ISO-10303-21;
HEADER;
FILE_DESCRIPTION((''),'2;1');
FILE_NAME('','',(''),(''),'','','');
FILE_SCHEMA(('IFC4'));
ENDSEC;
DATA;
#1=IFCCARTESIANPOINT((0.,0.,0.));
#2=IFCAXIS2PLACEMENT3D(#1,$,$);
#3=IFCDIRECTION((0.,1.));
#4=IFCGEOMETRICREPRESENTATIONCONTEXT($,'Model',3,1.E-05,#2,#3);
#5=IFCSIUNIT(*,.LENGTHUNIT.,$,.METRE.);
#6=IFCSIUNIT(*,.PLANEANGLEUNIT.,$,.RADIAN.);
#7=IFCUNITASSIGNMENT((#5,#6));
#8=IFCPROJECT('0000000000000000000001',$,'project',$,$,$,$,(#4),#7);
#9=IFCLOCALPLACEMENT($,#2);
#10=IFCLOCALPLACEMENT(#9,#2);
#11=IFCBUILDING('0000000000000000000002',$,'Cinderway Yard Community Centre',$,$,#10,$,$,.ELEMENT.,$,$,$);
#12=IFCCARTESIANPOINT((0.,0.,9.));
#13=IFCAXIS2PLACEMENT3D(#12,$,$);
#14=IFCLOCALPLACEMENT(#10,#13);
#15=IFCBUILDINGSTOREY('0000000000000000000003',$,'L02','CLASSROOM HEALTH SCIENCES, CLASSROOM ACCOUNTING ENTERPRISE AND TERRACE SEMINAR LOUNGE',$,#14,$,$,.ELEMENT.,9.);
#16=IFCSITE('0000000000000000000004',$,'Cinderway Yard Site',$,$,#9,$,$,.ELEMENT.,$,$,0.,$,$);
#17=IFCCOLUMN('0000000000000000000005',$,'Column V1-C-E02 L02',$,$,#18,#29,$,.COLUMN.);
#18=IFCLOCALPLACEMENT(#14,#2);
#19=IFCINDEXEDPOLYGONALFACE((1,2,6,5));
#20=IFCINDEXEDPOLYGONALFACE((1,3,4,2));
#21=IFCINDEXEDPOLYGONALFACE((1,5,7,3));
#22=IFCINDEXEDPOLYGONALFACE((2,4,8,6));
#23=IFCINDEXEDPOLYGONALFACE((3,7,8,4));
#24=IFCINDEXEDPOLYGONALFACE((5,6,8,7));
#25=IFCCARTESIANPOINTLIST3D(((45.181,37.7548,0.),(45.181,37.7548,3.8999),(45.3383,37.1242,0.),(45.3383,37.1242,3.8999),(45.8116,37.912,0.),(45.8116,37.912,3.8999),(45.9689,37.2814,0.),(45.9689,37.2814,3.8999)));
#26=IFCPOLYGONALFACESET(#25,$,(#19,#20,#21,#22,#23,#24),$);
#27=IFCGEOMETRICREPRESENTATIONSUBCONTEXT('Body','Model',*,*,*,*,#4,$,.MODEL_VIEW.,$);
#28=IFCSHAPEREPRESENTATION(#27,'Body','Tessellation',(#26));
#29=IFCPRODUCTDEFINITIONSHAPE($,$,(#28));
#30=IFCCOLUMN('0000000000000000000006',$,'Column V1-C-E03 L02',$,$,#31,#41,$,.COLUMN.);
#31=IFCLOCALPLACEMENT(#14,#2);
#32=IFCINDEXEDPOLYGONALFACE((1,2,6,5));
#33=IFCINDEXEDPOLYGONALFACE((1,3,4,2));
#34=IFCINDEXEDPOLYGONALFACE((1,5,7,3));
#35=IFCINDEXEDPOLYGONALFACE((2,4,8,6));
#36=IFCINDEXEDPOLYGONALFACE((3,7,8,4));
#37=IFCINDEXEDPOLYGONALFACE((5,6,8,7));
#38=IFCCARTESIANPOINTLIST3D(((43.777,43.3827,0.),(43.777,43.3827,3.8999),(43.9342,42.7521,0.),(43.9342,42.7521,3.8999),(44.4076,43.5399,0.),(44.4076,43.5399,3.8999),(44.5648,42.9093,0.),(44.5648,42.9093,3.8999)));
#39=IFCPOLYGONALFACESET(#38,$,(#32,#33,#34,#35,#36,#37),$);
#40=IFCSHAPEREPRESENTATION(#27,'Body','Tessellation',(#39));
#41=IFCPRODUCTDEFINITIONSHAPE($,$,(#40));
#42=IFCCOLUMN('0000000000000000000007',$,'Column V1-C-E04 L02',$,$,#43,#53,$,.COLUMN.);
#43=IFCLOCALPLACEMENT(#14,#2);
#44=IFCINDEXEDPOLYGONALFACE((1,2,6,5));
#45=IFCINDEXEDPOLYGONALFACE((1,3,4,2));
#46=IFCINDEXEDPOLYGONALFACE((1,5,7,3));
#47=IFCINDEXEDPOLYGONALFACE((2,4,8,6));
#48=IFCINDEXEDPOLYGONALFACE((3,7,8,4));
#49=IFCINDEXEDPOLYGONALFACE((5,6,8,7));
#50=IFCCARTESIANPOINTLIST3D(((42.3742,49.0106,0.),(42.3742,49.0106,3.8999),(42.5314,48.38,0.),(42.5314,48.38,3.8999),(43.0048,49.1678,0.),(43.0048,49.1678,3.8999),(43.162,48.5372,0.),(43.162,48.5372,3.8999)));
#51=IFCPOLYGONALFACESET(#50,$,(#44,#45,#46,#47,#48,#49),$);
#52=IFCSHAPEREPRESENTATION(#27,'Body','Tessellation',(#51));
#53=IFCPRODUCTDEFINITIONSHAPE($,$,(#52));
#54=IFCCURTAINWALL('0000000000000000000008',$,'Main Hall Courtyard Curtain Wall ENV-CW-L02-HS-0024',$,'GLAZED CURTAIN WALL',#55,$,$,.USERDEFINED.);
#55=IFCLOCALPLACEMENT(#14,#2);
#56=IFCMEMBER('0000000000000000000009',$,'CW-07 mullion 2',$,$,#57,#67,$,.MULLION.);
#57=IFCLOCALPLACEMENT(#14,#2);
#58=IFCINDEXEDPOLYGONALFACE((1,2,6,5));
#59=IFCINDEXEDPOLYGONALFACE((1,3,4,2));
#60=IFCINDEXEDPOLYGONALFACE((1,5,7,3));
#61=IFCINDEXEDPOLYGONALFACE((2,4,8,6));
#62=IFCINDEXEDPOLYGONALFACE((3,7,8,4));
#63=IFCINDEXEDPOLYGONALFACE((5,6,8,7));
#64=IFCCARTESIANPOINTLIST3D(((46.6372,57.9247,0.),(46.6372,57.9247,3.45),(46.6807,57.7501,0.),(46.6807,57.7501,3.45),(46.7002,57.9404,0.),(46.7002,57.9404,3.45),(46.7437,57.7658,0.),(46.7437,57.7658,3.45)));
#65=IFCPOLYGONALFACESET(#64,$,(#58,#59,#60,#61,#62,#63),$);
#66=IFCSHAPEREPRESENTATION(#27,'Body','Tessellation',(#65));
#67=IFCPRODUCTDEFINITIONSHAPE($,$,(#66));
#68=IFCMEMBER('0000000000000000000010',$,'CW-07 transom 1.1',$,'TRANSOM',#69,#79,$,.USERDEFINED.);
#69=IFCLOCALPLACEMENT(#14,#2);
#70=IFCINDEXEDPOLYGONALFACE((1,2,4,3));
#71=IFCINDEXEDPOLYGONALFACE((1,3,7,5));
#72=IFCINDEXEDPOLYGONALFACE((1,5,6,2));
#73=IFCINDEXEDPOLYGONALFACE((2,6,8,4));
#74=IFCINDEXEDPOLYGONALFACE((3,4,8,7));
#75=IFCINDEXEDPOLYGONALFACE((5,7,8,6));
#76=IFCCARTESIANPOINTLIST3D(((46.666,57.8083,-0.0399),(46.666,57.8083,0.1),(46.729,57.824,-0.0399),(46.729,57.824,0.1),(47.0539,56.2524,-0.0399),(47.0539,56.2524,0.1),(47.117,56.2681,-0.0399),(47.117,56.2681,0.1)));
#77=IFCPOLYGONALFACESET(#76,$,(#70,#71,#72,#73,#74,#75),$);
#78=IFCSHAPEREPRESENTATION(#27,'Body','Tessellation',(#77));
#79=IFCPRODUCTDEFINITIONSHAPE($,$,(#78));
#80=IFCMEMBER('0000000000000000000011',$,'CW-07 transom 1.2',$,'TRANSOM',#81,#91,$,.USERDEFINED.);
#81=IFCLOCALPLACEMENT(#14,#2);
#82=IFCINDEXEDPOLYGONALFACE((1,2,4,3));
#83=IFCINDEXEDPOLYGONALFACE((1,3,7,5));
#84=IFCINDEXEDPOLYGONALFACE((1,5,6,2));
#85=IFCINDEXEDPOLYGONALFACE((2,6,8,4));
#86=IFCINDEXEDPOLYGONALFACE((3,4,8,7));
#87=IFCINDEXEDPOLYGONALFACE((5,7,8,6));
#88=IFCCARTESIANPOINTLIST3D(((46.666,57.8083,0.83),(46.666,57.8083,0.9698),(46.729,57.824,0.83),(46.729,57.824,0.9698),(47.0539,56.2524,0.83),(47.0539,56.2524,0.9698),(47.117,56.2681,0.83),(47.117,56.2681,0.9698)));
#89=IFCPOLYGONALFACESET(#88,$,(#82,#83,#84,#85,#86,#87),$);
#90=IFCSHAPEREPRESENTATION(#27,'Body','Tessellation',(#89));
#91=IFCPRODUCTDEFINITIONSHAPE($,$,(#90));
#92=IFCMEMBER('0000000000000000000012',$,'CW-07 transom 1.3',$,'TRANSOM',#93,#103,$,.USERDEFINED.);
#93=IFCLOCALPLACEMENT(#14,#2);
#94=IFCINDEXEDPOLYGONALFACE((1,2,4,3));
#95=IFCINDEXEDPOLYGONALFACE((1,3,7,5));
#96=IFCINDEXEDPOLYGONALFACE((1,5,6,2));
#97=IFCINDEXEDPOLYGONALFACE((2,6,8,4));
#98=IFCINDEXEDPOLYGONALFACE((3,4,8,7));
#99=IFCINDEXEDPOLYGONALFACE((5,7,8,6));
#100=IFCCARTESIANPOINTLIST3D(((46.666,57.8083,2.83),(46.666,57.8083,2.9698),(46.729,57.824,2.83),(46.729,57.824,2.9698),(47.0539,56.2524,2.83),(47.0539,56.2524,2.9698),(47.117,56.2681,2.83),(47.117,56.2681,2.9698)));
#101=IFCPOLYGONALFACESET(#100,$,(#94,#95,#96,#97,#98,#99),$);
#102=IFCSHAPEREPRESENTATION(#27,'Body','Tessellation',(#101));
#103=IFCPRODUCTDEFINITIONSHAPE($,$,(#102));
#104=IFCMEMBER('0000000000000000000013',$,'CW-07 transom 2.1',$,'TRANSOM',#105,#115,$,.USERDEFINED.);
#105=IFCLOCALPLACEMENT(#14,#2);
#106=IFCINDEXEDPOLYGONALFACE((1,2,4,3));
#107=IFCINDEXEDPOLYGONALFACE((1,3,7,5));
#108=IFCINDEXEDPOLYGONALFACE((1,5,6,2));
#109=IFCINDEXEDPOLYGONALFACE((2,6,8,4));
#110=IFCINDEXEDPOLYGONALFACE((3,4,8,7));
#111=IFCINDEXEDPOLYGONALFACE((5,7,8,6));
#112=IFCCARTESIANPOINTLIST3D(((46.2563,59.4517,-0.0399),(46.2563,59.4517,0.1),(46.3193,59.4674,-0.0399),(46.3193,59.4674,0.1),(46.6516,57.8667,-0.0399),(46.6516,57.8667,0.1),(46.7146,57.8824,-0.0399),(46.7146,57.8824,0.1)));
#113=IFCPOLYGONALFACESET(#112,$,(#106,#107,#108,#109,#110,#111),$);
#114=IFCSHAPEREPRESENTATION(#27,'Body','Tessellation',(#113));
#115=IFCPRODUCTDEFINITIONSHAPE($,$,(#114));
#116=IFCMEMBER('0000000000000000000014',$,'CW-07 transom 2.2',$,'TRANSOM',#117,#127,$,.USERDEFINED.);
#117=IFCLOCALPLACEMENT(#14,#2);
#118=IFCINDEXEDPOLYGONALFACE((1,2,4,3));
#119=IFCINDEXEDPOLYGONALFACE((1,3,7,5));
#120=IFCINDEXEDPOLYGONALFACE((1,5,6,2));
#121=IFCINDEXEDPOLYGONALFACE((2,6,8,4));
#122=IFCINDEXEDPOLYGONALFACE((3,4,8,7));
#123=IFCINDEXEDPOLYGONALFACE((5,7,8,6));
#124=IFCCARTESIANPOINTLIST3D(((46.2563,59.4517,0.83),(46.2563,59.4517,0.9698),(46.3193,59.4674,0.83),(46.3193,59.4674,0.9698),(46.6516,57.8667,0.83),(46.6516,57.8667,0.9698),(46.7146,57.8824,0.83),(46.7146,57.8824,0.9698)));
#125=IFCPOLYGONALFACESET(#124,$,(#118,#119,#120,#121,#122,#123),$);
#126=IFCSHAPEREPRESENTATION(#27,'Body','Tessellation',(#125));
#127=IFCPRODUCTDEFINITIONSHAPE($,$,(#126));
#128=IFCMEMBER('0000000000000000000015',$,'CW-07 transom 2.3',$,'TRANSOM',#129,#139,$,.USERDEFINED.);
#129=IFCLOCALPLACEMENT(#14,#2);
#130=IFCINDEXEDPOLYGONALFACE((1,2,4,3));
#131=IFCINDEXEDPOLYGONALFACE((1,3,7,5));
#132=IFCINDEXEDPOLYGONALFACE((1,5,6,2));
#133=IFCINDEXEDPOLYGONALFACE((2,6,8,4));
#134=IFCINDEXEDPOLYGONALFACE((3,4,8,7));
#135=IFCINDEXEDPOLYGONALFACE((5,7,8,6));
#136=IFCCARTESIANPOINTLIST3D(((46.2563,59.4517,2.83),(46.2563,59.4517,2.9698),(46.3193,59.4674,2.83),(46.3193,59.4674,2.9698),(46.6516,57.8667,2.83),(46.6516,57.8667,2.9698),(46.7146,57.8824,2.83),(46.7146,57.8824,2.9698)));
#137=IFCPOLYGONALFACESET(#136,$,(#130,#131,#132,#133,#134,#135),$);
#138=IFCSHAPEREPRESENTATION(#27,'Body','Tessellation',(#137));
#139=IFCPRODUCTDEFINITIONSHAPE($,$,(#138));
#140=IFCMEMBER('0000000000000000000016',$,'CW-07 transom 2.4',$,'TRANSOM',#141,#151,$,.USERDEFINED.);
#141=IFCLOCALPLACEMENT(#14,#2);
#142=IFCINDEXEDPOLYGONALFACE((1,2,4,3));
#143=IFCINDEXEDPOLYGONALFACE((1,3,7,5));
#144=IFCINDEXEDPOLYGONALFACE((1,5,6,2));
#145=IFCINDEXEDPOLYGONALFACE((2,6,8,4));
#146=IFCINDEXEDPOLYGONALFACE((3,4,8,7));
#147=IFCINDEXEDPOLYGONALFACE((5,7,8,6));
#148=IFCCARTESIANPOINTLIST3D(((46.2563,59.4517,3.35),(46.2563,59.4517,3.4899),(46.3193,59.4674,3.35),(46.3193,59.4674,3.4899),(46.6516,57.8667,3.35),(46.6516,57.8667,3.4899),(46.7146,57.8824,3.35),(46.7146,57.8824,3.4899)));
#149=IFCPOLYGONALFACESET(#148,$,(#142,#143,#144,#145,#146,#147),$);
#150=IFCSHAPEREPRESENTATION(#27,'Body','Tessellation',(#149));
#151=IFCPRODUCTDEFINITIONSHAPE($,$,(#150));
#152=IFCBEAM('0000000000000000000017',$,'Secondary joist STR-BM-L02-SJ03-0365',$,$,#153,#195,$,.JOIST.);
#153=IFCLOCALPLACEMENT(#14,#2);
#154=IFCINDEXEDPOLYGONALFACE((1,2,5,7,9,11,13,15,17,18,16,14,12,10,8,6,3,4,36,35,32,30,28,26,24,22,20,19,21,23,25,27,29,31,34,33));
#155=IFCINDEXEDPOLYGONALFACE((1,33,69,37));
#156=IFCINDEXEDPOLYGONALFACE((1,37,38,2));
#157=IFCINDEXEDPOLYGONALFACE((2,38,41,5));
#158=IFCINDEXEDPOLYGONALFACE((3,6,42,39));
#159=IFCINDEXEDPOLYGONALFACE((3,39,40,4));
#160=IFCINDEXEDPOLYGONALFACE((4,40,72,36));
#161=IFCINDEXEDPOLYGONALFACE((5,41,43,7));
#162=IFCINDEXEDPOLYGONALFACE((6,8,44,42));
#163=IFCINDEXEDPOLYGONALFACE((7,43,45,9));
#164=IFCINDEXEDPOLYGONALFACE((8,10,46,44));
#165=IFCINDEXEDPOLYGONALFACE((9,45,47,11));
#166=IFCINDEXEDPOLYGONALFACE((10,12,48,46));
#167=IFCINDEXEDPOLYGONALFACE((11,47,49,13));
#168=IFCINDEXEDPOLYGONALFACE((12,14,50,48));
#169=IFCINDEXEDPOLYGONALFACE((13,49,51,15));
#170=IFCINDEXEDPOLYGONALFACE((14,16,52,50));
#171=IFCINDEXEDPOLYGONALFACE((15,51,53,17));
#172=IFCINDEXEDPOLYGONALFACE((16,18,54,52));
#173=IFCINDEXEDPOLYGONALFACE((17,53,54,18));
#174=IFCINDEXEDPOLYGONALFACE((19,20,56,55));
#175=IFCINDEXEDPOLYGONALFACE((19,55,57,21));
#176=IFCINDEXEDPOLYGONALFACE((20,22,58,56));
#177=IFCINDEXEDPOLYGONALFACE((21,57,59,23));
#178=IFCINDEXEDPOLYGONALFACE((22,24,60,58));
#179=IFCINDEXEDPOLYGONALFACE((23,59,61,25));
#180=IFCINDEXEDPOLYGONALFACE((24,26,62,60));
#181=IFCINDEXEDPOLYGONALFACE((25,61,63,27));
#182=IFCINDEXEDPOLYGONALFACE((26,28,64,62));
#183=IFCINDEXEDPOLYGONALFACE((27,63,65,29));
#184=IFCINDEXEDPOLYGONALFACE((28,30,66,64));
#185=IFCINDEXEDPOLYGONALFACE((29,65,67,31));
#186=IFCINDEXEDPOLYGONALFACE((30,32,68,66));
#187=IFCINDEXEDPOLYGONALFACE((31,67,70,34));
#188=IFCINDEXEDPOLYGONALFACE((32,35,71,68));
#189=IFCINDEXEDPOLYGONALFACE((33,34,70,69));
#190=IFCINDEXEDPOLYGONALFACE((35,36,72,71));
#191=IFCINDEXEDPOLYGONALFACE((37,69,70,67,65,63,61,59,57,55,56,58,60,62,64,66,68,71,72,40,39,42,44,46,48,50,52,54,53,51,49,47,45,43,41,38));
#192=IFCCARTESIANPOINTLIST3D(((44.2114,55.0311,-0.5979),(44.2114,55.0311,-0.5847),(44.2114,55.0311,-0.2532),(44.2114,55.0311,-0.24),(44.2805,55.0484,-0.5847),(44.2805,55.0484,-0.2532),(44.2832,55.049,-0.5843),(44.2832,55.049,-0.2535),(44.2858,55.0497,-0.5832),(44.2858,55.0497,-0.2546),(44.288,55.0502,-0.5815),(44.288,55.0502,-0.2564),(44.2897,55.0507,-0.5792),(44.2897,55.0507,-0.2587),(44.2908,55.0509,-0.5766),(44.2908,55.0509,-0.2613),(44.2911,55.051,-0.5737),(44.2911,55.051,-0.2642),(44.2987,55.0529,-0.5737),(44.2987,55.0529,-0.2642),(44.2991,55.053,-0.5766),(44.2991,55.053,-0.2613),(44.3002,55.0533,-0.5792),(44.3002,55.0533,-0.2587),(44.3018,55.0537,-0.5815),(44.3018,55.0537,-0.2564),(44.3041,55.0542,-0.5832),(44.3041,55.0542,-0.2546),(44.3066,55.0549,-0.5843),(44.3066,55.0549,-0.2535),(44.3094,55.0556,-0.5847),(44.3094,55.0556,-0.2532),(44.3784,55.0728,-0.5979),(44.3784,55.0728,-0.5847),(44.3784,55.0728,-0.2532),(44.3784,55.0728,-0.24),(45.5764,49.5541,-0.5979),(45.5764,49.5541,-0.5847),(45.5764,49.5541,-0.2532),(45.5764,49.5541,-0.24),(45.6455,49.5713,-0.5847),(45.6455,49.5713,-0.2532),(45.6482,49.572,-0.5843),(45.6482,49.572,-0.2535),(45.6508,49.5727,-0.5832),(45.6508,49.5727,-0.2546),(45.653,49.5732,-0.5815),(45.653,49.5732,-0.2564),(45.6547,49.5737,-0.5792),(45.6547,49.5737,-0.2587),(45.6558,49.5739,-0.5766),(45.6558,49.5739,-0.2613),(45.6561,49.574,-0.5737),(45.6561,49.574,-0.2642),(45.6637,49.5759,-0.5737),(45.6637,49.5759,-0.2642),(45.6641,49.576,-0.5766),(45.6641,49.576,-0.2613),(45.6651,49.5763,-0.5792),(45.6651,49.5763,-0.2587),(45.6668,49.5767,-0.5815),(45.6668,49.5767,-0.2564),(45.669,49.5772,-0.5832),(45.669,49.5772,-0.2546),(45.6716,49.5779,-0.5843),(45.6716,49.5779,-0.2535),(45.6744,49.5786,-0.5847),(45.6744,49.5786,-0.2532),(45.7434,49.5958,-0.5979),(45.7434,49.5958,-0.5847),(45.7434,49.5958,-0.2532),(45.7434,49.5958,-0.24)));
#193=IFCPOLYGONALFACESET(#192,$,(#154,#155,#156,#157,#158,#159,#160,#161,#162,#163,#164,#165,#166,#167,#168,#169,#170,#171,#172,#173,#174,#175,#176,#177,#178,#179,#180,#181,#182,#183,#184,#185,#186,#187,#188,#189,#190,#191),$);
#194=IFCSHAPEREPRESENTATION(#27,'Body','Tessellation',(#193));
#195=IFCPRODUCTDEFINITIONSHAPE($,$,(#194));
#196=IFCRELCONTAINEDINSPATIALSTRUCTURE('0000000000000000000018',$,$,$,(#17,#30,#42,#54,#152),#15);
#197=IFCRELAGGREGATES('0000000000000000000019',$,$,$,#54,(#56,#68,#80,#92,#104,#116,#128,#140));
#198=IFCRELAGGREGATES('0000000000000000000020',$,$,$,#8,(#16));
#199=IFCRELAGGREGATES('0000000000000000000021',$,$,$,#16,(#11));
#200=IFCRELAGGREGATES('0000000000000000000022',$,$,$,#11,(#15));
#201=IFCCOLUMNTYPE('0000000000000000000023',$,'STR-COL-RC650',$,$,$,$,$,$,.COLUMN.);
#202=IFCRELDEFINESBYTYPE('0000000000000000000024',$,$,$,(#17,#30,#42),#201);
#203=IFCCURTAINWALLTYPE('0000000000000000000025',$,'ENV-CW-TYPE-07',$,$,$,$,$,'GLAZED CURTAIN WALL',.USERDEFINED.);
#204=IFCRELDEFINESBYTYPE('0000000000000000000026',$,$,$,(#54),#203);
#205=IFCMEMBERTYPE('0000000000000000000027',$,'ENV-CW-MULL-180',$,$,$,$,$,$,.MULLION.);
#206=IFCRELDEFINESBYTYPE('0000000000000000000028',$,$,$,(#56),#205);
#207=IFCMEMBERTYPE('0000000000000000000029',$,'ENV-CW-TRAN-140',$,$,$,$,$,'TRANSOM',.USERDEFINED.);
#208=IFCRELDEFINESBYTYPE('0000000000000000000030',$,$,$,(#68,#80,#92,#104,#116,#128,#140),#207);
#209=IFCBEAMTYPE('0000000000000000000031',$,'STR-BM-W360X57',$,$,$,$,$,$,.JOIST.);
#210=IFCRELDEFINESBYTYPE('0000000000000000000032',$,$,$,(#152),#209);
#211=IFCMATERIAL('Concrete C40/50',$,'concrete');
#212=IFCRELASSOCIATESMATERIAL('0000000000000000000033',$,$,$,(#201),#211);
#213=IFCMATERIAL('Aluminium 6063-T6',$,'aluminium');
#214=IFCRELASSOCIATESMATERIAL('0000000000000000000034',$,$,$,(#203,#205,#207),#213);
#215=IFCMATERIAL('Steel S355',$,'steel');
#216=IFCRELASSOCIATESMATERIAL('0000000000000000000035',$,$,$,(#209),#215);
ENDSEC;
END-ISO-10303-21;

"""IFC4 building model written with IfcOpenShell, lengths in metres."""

from ifc_helpers import new_model, si_unit, direction, frame, origin, origin_2d, place, context, subcontext, project, spatial, rectangle, i_section, extrude, material, material_profile, profile_set, type_object, element, aggregate, save


model = new_model("IFC4")

# Units and contexts
model_context = context("Model", 3, precision=1e-05, world=origin(), true_north=direction((0.0, 1.0)))
body_context = subcontext(model_context, "Body", "Model", "MODEL_VIEW")
ifc_project = project(units=[si_unit("LENGTHUNIT", "METRE"), si_unit("PLANEANGLEUNIT", "RADIAN")], contexts=[model_context])

# Site, building, storey
site_placement = place(None, origin())
site = spatial("IfcSite", under=ifc_project, at=site_placement, Name="Cinderway Yard Site", CompositionType="ELEMENT", RefElevation=0.0)
building_placement = place(site_placement, origin())
building = spatial("IfcBuilding", under=site, at=building_placement, Name="Cinderway Yard Community Centre", CompositionType="ELEMENT")
storey_placement = place(building_placement, frame((0.0, 0.0, 9.0)))
storey = spatial("IfcBuildingStorey", under=building, at=storey_placement, Name="L02", Description="CLASSROOM HEALTH SCIENCES, CLASSROOM ACCOUNTING ENTERPRISE AND TERRACE SEMINAR LOUNGE", CompositionType="ELEMENT", Elevation=9.0)

# Columns
ifc_material_1 = material(Name="Concrete C40/50", Category="concrete")
ifc_material_profile_1 = material_profile(ifc_material_1, rectangle(XDim=0.6499, YDim=0.6499, at=origin_2d()), Name="Concrete C40/50")
ifc_profile_set_1 = profile_set([ifc_material_profile_1], Name="Concrete C40/50")
column_type = type_object("IfcColumnType", Name="STR-COL-RC650", PredefinedType="COLUMN", material=ifc_profile_set_1)
for number, where, z_axis, x_axis, name in (
    (1, (45.575, 37.5181, 0.0), (0.0, 0.0, 1.0), (0.970296, 0.241922, 0.0), "Column V1-C-E02 L02"),
    (2, (44.1709, 43.146, 0.0), (0.0, 0.0, 1.0), (0.970296, 0.241922, 0.0), "Column V1-C-E03 L02"),
    (3, (42.7681, 48.7739, 0.0), (0.0, 0.0, 1.0), (0.970296, 0.241922, 0.0), "Column V1-C-E04 L02"),
):
    element("IfcColumn", number, at=place(storey_placement, frame(where, z_axis=z_axis, x_axis=x_axis)), inside=storey, type_object=column_type, Name=name, PredefinedType="COLUMN", context=body_context, shape_type="SweptSolid", body=[
        extrude(rectangle(XDim=0.6499, YDim=0.6499, at=origin_2d()), origin(), (0.0, 0.0, 1.0), 3.8999),
    ])

# Curtain wall, members
ifc_material_2 = material(Name="Aluminium 6063-T6", Category="aluminium")
curtain_wall_type = type_object("IfcCurtainWallType", Name="ENV-CW-TYPE-07", ElementType="GLAZED CURTAIN WALL", PredefinedType="USERDEFINED", material=ifc_material_2)
curtain_wall_placement = place(storey_placement, origin())
curtain_wall = element("IfcCurtainWall", 4, at=curtain_wall_placement, inside=storey, type_object=curtain_wall_type, Name="Main Hall Courtyard Curtain Wall ENV-CW-L02-HS-0024", ObjectType="GLAZED CURTAIN WALL", PredefinedType="USERDEFINED")
ifc_material_profile_2 = material_profile(ifc_material_2, rectangle(XDim=0.0649, YDim=0.1799, at=origin_2d()), Name="Aluminium 6063-T6")
ifc_profile_set_2 = profile_set([ifc_material_profile_2], Name="Aluminium 6063-T6")
member_type_1 = type_object("IfcMemberType", Name="ENV-CW-MULL-180", PredefinedType="MULLION", material=ifc_profile_set_2)
member_1_placement = place(storey_placement, frame((46.6904, 57.8452, 0.0), z_axis=(0.0, 0.0, 1.0), x_axis=(-0.970304, -0.241887, 0.0)))
member_1 = element("IfcMember", 5, at=member_1_placement, type_object=member_type_1, Name="CW-07 mullion 2", PredefinedType="MULLION", context=body_context, shape_type="SweptSolid", body=[
    extrude(rectangle(XDim=0.0649, YDim=0.1799, at=origin_2d()), origin(), (0.0, 0.0, 1.0), 3.45),
])
ifc_material_profile_3 = material_profile(ifc_material_2, rectangle(XDim=0.0649, YDim=0.1399, at=origin_2d()), Name="Aluminium 6063-T6")
ifc_profile_set_3 = profile_set([ifc_material_profile_3], Name="Aluminium 6063-T6")
member_type_2 = type_object("IfcMemberType", Name="ENV-CW-TRAN-140", ElementType="TRANSOM", PredefinedType="USERDEFINED", material=ifc_profile_set_3)
member_2_placement = place(storey_placement, frame((47.0854, 56.2603, 0.03), z_axis=(-0.241927, 0.970295, 0.0), x_axis=(-0.970295, -0.241927, 0.0)))
member_2 = element("IfcMember", 6, at=member_2_placement, type_object=member_type_2, Name="CW-07 transom 1.1", ObjectType="TRANSOM", PredefinedType="USERDEFINED", context=body_context, shape_type="SweptSolid", body=[
    extrude(rectangle(XDim=0.0649, YDim=0.1399, at=origin_2d()), origin(), (0.0, 0.0, 1.0), 1.6035),
])
member_3_placement = place(storey_placement, frame((47.0854, 56.2603, 0.8999), z_axis=(-0.241927, 0.970295, 0.0), x_axis=(-0.970295, -0.241927, 0.0)))
member_3 = element("IfcMember", 7, at=member_3_placement, type_object=member_type_2, Name="CW-07 transom 1.2", ObjectType="TRANSOM", PredefinedType="USERDEFINED", context=body_context, shape_type="SweptSolid", body=[
    extrude(rectangle(XDim=0.0649, YDim=0.1399, at=origin_2d()), origin(), (0.0, 0.0, 1.0), 1.6035),
])
member_4_placement = place(storey_placement, frame((47.0854, 56.2603, 2.8999), z_axis=(-0.241927, 0.970295, 0.0), x_axis=(-0.970295, -0.241927, 0.0)))
member_4 = element("IfcMember", 8, at=member_4_placement, type_object=member_type_2, Name="CW-07 transom 1.3", ObjectType="TRANSOM", PredefinedType="USERDEFINED", context=body_context, shape_type="SweptSolid", body=[
    extrude(rectangle(XDim=0.0649, YDim=0.1399, at=origin_2d()), origin(), (0.0, 0.0, 1.0), 1.6035),
])
member_5_placement = place(storey_placement, frame((46.6831, 57.8745, 0.03), z_axis=(-0.241973, 0.970283, 0.0), x_axis=(-0.970283, -0.241973, 0.0)))
member_5 = element("IfcMember", 9, at=member_5_placement, type_object=member_type_2, Name="CW-07 transom 2.1", ObjectType="TRANSOM", PredefinedType="USERDEFINED", context=body_context, shape_type="SweptSolid", body=[
    extrude(rectangle(XDim=0.0649, YDim=0.1399, at=origin_2d()), origin(), (0.0, 0.0, 1.0), 1.6335),
])
member_6_placement = place(storey_placement, frame((46.6831, 57.8745, 0.8999), z_axis=(-0.241973, 0.970283, 0.0), x_axis=(-0.970283, -0.241973, 0.0)))
member_6 = element("IfcMember", 10, at=member_6_placement, type_object=member_type_2, Name="CW-07 transom 2.2", ObjectType="TRANSOM", PredefinedType="USERDEFINED", context=body_context, shape_type="SweptSolid", body=[
    extrude(rectangle(XDim=0.0649, YDim=0.1399, at=origin_2d()), origin(), (0.0, 0.0, 1.0), 1.6335),
])
member_7_placement = place(storey_placement, frame((46.6831, 57.8745, 2.8999), z_axis=(-0.241973, 0.970283, 0.0), x_axis=(-0.970283, -0.241973, 0.0)))
member_7 = element("IfcMember", 11, at=member_7_placement, type_object=member_type_2, Name="CW-07 transom 2.3", ObjectType="TRANSOM", PredefinedType="USERDEFINED", context=body_context, shape_type="SweptSolid", body=[
    extrude(rectangle(XDim=0.0649, YDim=0.1399, at=origin_2d()), origin(), (0.0, 0.0, 1.0), 1.6335),
])
member_8_placement = place(storey_placement, frame((46.6831, 57.8745, 3.4199), z_axis=(-0.241973, 0.970283, 0.0), x_axis=(-0.970283, -0.241973, 0.0)))
member_8 = element("IfcMember", 12, at=member_8_placement, type_object=member_type_2, Name="CW-07 transom 2.4", ObjectType="TRANSOM", PredefinedType="USERDEFINED", context=body_context, shape_type="SweptSolid", body=[
    extrude(rectangle(XDim=0.0649, YDim=0.1399, at=origin_2d()), origin(), (0.0, 0.0, 1.0), 1.6335),
])

# Beam
ifc_material_3 = material(Name="Steel S355", Category="steel")
ifc_material_profile_4 = material_profile(ifc_material_3, i_section(OverallWidth=0.1721, OverallDepth=0.3579, WebThickness=0.0078, FlangeThickness=0.0132, FilletRadius=0.011, at=origin_2d()), Name="Steel S355")
ifc_profile_set_4 = profile_set([ifc_material_profile_4], Name="Steel S355")
beam_type_1 = type_object("IfcBeamType", Name="STR-BM-W360X57", PredefinedType="JOIST", material=ifc_profile_set_4)
beam_1_placement = place(storey_placement, frame((45.6599, 49.575, -0.4189), z_axis=(-0.241823, 0.97032, 0.0), x_axis=(-0.97032, -0.241823, 0.0)))
element("IfcBeam", 13, at=beam_1_placement, inside=storey, type_object=beam_type_1, Name="Secondary joist STR-BM-L02-SJ03-0365", PredefinedType="JOIST", context=body_context, shape_type="SweptSolid", body=[
    extrude(i_section(OverallWidth=0.1721, OverallDepth=0.3579, WebThickness=0.0078, FlangeThickness=0.0132, FilletRadius=0.011, at=origin_2d()), origin(), (0.0, 0.0, 1.0), 5.6445),
])

aggregate(curtain_wall, [member_1, member_2, member_3, member_4, member_5, member_6, member_7, member_8])

save(model, "model.ifc")
